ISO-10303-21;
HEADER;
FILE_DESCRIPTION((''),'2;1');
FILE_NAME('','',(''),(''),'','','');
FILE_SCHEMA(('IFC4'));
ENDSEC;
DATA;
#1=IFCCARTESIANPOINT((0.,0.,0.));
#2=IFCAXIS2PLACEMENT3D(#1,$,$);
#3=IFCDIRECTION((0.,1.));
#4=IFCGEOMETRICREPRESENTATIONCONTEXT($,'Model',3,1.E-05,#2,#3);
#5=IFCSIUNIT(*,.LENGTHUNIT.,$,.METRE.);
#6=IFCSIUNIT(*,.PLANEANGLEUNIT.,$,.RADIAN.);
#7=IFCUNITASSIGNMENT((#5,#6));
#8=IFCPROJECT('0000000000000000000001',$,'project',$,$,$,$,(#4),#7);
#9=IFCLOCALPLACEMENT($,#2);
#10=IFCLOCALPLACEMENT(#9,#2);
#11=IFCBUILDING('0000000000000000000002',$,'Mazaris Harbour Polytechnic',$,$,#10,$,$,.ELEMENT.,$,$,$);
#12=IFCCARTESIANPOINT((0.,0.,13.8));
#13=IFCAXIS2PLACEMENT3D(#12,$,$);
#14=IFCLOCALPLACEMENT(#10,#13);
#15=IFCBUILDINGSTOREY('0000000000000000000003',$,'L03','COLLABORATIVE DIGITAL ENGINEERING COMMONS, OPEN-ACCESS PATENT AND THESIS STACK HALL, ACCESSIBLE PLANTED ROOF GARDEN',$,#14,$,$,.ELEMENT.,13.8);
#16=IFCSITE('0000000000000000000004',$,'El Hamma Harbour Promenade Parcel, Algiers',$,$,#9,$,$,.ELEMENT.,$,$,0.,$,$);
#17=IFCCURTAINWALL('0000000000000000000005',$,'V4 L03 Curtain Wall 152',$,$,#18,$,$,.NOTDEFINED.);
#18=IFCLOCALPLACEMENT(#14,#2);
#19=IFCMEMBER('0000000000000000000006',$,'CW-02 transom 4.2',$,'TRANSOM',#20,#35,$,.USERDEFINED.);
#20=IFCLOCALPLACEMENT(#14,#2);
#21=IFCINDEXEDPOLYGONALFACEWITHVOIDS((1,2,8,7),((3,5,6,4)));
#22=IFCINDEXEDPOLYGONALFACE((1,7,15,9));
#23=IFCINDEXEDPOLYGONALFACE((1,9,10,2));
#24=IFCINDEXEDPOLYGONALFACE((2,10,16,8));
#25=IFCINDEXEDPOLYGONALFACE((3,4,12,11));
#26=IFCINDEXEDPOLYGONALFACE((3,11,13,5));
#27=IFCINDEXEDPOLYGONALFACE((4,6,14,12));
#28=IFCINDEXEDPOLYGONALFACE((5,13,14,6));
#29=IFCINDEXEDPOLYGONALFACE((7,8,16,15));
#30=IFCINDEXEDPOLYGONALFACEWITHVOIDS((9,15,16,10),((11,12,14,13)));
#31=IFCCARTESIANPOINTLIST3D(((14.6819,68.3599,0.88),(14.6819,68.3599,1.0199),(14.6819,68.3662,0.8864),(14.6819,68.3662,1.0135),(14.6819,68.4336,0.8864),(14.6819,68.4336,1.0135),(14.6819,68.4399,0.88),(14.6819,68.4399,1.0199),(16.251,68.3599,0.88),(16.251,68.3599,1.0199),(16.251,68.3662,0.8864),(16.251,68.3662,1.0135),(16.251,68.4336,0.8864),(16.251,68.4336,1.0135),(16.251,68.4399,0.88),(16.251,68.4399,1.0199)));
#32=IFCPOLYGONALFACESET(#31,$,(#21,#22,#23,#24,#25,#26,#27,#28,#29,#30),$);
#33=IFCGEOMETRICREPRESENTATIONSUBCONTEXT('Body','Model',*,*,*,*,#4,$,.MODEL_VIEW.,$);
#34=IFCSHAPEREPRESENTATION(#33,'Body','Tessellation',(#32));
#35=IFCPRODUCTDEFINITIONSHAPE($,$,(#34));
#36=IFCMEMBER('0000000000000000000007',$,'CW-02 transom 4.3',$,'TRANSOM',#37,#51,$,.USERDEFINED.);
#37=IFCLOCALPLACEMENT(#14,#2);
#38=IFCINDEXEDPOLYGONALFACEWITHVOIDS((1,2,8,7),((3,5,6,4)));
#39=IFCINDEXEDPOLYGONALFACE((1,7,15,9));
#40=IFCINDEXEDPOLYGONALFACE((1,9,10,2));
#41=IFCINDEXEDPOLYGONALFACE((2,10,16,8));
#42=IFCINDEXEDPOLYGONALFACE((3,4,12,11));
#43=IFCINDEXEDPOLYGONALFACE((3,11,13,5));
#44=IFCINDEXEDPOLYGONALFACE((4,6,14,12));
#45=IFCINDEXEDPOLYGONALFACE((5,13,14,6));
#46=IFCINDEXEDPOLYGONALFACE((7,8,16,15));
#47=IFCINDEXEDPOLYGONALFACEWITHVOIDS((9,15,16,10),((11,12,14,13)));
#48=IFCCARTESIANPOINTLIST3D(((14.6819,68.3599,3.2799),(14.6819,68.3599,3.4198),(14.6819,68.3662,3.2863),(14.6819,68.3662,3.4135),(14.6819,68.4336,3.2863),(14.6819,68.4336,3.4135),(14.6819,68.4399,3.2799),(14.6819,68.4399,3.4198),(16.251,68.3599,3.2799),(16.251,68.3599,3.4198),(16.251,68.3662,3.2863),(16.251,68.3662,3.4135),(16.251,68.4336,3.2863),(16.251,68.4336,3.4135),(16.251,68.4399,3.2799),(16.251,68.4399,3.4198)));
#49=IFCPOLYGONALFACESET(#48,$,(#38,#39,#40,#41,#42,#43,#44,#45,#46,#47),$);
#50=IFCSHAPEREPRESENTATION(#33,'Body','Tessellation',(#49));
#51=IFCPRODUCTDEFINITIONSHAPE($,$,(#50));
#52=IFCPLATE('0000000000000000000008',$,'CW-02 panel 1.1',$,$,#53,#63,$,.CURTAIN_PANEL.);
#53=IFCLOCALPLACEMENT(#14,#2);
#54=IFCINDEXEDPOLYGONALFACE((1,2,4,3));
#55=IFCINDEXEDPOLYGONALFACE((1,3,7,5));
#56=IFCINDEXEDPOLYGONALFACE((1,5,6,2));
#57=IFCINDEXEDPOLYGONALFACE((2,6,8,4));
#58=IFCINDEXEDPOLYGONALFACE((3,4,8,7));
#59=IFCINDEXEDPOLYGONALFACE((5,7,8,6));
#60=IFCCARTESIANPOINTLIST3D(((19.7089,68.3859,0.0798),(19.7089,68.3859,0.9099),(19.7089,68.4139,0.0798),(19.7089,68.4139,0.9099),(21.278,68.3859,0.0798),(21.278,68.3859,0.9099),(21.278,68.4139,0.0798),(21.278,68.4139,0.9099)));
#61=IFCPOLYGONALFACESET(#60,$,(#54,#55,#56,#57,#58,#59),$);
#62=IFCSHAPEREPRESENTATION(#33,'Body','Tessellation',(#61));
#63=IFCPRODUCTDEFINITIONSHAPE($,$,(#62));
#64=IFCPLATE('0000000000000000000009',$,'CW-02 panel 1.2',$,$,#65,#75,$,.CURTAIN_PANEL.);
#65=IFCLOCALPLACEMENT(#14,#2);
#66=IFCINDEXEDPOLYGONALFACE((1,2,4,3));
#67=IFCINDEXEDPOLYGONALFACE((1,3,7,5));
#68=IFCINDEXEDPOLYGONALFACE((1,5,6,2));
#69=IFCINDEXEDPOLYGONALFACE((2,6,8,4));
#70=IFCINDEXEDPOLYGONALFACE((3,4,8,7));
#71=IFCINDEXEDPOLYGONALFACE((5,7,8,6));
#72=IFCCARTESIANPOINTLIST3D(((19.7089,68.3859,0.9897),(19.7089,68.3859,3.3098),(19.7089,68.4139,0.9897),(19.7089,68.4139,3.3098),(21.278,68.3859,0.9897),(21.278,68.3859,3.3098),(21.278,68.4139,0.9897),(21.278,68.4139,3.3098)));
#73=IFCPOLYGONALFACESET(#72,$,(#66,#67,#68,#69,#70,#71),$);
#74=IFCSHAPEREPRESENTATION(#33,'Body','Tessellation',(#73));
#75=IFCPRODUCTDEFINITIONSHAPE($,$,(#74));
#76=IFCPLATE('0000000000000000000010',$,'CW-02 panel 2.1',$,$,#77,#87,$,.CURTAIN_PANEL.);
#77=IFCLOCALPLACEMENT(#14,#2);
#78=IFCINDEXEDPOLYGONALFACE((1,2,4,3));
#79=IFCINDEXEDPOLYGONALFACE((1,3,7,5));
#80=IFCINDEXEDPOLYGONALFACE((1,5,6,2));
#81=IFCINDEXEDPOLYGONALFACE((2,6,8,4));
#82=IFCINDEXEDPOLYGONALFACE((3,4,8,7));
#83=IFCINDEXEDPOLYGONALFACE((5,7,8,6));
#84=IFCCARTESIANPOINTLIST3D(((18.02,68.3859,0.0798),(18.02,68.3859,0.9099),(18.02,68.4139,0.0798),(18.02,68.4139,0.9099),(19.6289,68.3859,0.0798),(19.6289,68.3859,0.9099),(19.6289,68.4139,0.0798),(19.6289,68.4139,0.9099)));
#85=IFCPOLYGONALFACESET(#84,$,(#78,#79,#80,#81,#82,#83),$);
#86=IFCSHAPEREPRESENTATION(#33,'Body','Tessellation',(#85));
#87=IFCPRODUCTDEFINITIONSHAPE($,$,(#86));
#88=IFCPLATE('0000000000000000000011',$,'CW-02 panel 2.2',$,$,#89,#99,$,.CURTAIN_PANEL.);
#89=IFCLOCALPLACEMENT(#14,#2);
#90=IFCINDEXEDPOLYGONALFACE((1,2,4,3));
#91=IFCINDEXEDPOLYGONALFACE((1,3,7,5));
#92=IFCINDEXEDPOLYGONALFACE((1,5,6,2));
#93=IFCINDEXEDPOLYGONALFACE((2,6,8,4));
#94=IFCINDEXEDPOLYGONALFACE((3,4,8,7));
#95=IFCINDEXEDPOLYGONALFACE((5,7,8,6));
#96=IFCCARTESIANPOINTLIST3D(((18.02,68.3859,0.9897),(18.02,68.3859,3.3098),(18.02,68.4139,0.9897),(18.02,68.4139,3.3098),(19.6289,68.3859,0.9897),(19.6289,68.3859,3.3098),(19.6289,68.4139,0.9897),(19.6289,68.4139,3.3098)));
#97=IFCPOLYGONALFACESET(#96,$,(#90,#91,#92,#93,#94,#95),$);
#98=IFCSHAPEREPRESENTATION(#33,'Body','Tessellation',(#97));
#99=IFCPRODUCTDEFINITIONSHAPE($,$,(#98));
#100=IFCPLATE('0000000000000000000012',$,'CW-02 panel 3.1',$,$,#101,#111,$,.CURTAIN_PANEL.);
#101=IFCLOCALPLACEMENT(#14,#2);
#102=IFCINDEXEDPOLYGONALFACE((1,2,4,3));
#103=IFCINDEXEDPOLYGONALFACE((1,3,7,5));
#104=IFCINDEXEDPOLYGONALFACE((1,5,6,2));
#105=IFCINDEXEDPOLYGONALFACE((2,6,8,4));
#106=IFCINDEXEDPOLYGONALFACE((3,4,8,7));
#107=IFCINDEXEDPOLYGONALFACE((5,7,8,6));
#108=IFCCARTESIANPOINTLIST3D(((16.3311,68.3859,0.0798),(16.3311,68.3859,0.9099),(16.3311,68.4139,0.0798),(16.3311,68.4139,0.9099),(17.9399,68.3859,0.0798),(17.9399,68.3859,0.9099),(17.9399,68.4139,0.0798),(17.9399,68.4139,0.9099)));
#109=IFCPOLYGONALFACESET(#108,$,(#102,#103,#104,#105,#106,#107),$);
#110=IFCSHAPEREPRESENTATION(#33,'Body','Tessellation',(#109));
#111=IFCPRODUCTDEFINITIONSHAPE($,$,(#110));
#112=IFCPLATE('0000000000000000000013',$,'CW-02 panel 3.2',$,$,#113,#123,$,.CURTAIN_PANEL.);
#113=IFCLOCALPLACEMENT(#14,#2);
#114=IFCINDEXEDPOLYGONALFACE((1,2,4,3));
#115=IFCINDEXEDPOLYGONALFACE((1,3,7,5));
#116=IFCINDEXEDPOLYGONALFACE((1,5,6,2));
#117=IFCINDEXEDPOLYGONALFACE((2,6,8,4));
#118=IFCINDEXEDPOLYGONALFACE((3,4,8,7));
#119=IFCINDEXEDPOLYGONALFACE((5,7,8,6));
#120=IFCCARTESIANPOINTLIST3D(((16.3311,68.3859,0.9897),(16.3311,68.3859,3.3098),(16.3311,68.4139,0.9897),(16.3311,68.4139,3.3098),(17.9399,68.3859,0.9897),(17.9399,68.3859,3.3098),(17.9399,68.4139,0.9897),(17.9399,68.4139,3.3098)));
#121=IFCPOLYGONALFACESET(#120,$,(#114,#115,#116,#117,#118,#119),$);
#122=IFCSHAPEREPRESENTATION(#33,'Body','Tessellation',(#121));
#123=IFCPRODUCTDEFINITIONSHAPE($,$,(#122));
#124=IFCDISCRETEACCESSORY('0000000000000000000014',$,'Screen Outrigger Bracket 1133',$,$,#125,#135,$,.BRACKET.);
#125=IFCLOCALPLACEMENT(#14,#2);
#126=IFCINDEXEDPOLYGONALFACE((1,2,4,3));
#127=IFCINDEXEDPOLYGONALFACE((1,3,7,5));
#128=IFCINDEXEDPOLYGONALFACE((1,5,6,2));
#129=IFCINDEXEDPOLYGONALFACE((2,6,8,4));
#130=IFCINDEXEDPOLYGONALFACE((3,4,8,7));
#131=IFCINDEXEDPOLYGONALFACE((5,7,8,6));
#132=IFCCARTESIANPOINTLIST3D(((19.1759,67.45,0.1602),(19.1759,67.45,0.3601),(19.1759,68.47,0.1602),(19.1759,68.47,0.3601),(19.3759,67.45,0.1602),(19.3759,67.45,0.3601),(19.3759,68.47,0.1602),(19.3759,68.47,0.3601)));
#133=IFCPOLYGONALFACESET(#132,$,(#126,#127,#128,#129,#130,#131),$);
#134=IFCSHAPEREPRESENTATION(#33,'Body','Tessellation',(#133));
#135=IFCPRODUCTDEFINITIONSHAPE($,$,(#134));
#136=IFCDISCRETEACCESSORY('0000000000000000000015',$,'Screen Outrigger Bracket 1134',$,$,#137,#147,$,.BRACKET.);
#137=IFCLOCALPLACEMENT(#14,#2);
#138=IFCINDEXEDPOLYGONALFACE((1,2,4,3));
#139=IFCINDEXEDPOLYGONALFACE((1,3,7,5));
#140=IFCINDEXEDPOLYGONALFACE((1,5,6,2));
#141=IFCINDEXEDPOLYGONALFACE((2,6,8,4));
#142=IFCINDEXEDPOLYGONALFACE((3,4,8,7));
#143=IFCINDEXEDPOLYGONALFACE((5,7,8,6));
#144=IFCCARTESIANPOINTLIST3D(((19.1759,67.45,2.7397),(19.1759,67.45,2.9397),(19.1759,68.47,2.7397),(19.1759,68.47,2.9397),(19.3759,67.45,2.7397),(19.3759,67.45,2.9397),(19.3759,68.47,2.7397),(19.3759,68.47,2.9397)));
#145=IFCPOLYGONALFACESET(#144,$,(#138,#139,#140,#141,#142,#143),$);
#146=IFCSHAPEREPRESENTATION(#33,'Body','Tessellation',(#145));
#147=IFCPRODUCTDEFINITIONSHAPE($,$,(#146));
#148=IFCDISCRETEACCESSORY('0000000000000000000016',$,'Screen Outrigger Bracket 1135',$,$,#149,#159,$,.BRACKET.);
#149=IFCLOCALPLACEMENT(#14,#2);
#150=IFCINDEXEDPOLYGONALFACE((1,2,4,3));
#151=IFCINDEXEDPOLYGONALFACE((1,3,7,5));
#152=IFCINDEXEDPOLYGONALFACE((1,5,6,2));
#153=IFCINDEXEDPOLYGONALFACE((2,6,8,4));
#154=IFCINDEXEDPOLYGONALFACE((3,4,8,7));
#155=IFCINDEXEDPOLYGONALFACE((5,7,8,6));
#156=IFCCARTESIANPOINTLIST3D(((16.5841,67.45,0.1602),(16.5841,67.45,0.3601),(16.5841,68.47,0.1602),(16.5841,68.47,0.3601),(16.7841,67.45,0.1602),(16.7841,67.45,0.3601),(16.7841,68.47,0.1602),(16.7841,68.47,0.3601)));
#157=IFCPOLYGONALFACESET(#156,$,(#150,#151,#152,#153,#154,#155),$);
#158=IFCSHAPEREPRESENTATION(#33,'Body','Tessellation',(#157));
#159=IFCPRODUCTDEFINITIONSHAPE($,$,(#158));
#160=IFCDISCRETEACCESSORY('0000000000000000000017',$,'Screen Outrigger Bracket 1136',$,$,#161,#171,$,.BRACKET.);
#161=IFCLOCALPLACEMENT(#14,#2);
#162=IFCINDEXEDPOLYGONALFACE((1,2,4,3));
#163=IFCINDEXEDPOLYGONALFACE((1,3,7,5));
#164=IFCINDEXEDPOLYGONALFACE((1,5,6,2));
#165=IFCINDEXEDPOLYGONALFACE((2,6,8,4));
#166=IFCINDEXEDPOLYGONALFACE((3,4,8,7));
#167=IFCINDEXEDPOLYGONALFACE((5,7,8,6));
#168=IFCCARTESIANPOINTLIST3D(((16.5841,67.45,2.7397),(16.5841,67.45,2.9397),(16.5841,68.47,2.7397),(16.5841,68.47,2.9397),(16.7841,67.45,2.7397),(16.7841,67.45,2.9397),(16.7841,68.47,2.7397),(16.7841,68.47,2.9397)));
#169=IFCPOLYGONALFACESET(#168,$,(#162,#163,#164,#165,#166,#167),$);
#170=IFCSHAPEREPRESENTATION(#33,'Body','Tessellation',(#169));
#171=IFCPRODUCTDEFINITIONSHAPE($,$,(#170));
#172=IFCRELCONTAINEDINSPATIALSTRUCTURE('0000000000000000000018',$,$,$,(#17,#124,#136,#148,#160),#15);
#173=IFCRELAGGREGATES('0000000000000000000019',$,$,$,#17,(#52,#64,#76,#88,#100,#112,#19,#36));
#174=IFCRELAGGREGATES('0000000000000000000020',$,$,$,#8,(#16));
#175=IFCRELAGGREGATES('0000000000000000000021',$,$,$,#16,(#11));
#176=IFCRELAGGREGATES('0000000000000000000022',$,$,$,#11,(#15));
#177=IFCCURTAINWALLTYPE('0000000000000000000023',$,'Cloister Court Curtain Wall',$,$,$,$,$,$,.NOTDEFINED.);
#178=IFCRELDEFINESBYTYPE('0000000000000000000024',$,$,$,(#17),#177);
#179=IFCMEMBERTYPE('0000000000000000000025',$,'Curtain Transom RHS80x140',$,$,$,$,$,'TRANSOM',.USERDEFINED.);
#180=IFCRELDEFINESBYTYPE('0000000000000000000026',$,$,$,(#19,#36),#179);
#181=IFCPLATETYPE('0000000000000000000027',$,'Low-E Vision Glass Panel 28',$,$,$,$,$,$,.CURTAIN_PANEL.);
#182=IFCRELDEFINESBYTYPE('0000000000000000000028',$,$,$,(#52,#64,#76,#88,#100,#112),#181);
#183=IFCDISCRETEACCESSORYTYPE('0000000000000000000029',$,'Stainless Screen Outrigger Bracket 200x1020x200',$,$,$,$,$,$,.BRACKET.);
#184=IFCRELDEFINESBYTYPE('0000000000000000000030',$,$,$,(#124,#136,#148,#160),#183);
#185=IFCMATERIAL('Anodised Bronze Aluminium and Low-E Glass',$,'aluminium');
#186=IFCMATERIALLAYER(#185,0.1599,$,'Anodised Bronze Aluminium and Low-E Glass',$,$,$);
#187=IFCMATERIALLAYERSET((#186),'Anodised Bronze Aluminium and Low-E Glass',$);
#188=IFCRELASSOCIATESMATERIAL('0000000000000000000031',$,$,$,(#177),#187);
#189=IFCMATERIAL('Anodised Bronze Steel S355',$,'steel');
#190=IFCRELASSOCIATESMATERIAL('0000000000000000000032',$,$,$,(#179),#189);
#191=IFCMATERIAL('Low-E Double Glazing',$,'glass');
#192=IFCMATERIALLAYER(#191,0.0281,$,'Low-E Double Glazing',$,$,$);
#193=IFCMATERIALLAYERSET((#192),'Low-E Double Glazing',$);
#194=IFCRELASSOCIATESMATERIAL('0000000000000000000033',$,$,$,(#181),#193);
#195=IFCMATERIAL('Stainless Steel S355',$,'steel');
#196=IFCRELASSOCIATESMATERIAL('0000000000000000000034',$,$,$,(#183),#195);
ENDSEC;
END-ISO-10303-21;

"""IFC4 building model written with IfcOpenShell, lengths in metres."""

from ifc_helpers import new_model, si_unit, direction, frame, origin, origin_2d, place, context, subcontext, project, spatial, rectangle, hollow_rectangle, extrude, material, layer, layer_set, material_profile, profile_set, type_object, element, aggregate, save


model = new_model("IFC4")

# Units and contexts
model_context = context("Model", 3, precision=1e-05, world=origin(), true_north=direction((0.0, 1.0)))
body_context = subcontext(model_context, "Body", "Model", "MODEL_VIEW")
ifc_project = project(units=[si_unit("LENGTHUNIT", "METRE"), si_unit("PLANEANGLEUNIT", "RADIAN")], contexts=[model_context])

# Site, building, storey
site_placement = place(None, origin())
site = spatial("IfcSite", under=ifc_project, at=site_placement, Name="El Hamma Harbour Promenade Parcel, Algiers", CompositionType="ELEMENT", RefElevation=0.0)
building_placement = place(site_placement, origin())
building = spatial("IfcBuilding", under=site, at=building_placement, Name="Mazaris Harbour Polytechnic", CompositionType="ELEMENT")
storey_placement = place(building_placement, frame((0.0, 0.0, 13.8)))
storey = spatial("IfcBuildingStorey", under=building, at=storey_placement, Name="L03", Description="COLLABORATIVE DIGITAL ENGINEERING COMMONS, OPEN-ACCESS PATENT AND THESIS STACK HALL, ACCESSIBLE PLANTED ROOF GARDEN", CompositionType="ELEMENT", Elevation=13.8)

# Curtain wall, members, plates
ifc_material_1 = material(Name="Anodised Bronze Aluminium and Low-E Glass", Category="aluminium")
ifc_layer_1 = layer(ifc_material_1, 0.1599, Name="Anodised Bronze Aluminium and Low-E Glass")
ifc_layer_set_1 = layer_set([ifc_layer_1], Name="Anodised Bronze Aluminium and Low-E Glass")
curtain_wall_type = type_object("IfcCurtainWallType", Name="Cloister Court Curtain Wall", PredefinedType="NOTDEFINED", material=ifc_layer_set_1)
curtain_wall_placement = place(storey_placement, origin())
curtain_wall = element("IfcCurtainWall", 1, at=curtain_wall_placement, inside=storey, type_object=curtain_wall_type, Name="V4 L03 Curtain Wall 152", PredefinedType="NOTDEFINED")
ifc_material_2 = material(Name="Anodised Bronze Steel S355", Category="steel")
ifc_material_profile_1 = material_profile(ifc_material_2, hollow_rectangle(XDim=0.0801, YDim=0.1399, WallThickness=0.0063, at=origin_2d()), Name="RHS 80x140x6.3")
ifc_profile_set_1 = profile_set([ifc_material_profile_1], Name="Anodised Bronze Steel S355")
member_type_1 = type_object("IfcMemberType", Name="Curtain Transom RHS80x140", ElementType="TRANSOM", PredefinedType="USERDEFINED", material=ifc_profile_set_1)
member_1_placement = place(storey_placement, frame((16.251, 68.3999, 0.95), z_axis=(-1.0, 0.0, 0.0), x_axis=(0.0, -1.0, 0.0)))
member_1 = element("IfcMember", 2, at=member_1_placement, type_object=member_type_1, Name="CW-02 transom 4.2", ObjectType="TRANSOM", PredefinedType="USERDEFINED", context=body_context, shape_type="SweptSolid", body=[
    extrude(hollow_rectangle(XDim=0.0801, YDim=0.1399, WallThickness=0.0063, at=origin_2d()), origin(), (0.0, 0.0, 1.0), 1.5691),
])
member_2_placement = place(storey_placement, frame((16.251, 68.3999, 3.3499), z_axis=(-1.0, 0.0, 0.0), x_axis=(0.0, -1.0, 0.0)))
member_2 = element("IfcMember", 3, at=member_2_placement, type_object=member_type_1, Name="CW-02 transom 4.3", ObjectType="TRANSOM", PredefinedType="USERDEFINED", context=body_context, shape_type="SweptSolid", body=[
    extrude(hollow_rectangle(XDim=0.0801, YDim=0.1399, WallThickness=0.0063, at=origin_2d()), origin(), (0.0, 0.0, 1.0), 1.5691),
])
ifc_material_3 = material(Name="Low-E Double Glazing", Category="glass")
ifc_layer_2 = layer(ifc_material_3, 0.0281, Name="Low-E Double Glazing")
ifc_layer_set_2 = layer_set([ifc_layer_2], Name="Low-E Double Glazing")
plate_type = type_object("IfcPlateType", Name="Low-E Vision Glass Panel 28", PredefinedType="CURTAIN_PANEL", material=ifc_layer_set_2)
plate_1_placement = place(storey_placement, frame((20.4934, 68.3999, 0.0798), z_axis=(0.0, 0.0, 1.0), x_axis=(-1.0, 0.0, 0.0)))
plate_1 = element("IfcPlate", 4, at=plate_1_placement, type_object=plate_type, Name="CW-02 panel 1.1", PredefinedType="CURTAIN_PANEL", context=body_context, shape_type="SweptSolid", body=[
    extrude(rectangle(XDim=1.5691, YDim=0.0281, at=origin_2d()), origin(), (0.0, 0.0, 1.0), 0.8301),
])
plate_2_placement = place(storey_placement, frame((20.4934, 68.3999, 0.9897), z_axis=(0.0, 0.0, 1.0), x_axis=(-1.0, 0.0, 0.0)))
plate_2 = element("IfcPlate", 5, at=plate_2_placement, type_object=plate_type, Name="CW-02 panel 1.2", PredefinedType="CURTAIN_PANEL", context=body_context, shape_type="SweptSolid", body=[
    extrude(rectangle(XDim=1.5691, YDim=0.0281, at=origin_2d()), origin(), (0.0, 0.0, 1.0), 2.3201),
])
plate_3_placement = place(storey_placement, frame((18.8245, 68.3999, 0.0798), z_axis=(0.0, 0.0, 1.0), x_axis=(-1.0, 0.0, 0.0)))
plate_3 = element("IfcPlate", 6, at=plate_3_placement, type_object=plate_type, Name="CW-02 panel 2.1", PredefinedType="CURTAIN_PANEL", context=body_context, shape_type="SweptSolid", body=[
    extrude(rectangle(XDim=1.6089, YDim=0.0281, at=origin_2d()), origin(), (0.0, 0.0, 1.0), 0.8301),
])
plate_4_placement = place(storey_placement, frame((18.8245, 68.3999, 0.9897), z_axis=(0.0, 0.0, 1.0), x_axis=(-1.0, 0.0, 0.0)))
plate_4 = element("IfcPlate", 7, at=plate_4_placement, type_object=plate_type, Name="CW-02 panel 2.2", PredefinedType="CURTAIN_PANEL", context=body_context, shape_type="SweptSolid", body=[
    extrude(rectangle(XDim=1.6089, YDim=0.0281, at=origin_2d()), origin(), (0.0, 0.0, 1.0), 2.3201),
])
plate_5_placement = place(storey_placement, frame((17.1355, 68.3999, 0.0798), z_axis=(0.0, 0.0, 1.0), x_axis=(-1.0, 0.0, 0.0)))
plate_5 = element("IfcPlate", 8, at=plate_5_placement, type_object=plate_type, Name="CW-02 panel 3.1", PredefinedType="CURTAIN_PANEL", context=body_context, shape_type="SweptSolid", body=[
    extrude(rectangle(XDim=1.6089, YDim=0.0281, at=origin_2d()), origin(), (0.0, 0.0, 1.0), 0.8301),
])
plate_6_placement = place(storey_placement, frame((17.1355, 68.3999, 0.9897), z_axis=(0.0, 0.0, 1.0), x_axis=(-1.0, 0.0, 0.0)))
plate_6 = element("IfcPlate", 9, at=plate_6_placement, type_object=plate_type, Name="CW-02 panel 3.2", PredefinedType="CURTAIN_PANEL", context=body_context, shape_type="SweptSolid", body=[
    extrude(rectangle(XDim=1.6089, YDim=0.0281, at=origin_2d()), origin(), (0.0, 0.0, 1.0), 2.3201),
])
aggregate(curtain_wall, [plate_1, plate_2, plate_3, plate_4, plate_5, plate_6, member_1, member_2])

# Discrete accessories
ifc_material_4 = material(Name="Stainless Steel S355", Category="steel")
discrete_accessory_type = type_object("IfcDiscreteAccessoryType", Name="Stainless Screen Outrigger Bracket 200x1020x200", PredefinedType="BRACKET", material=ifc_material_4)
for number, where, z_axis, x_axis, name in (
    (10, (19.2759, 67.96, 0.1602), (0.0, 0.0, 1.0), (-1.0, 0.0, 0.0), "Screen Outrigger Bracket 1133"),
    (11, (19.2759, 67.96, 2.7397), (0.0, 0.0, 1.0), (-1.0, 0.0, 0.0), "Screen Outrigger Bracket 1134"),
    (12, (16.6841, 67.96, 0.1602), (0.0, 0.0, 1.0), (-1.0, 0.0, 0.0), "Screen Outrigger Bracket 1135"),
    (13, (16.6841, 67.96, 2.7397), (0.0, 0.0, 1.0), (-1.0, 0.0, 0.0), "Screen Outrigger Bracket 1136"),
):
    element("IfcDiscreteAccessory", number, at=place(storey_placement, frame(where, z_axis=z_axis, x_axis=x_axis)), inside=storey, type_object=discrete_accessory_type, Name=name, PredefinedType="BRACKET", context=body_context, shape_type="SweptSolid", body=[
        extrude(rectangle(XDim=0.2, YDim=1.02, at=origin_2d()), origin(), (0.0, 0.0, 1.0), 0.2),
    ])

save(model, "model.ifc")
